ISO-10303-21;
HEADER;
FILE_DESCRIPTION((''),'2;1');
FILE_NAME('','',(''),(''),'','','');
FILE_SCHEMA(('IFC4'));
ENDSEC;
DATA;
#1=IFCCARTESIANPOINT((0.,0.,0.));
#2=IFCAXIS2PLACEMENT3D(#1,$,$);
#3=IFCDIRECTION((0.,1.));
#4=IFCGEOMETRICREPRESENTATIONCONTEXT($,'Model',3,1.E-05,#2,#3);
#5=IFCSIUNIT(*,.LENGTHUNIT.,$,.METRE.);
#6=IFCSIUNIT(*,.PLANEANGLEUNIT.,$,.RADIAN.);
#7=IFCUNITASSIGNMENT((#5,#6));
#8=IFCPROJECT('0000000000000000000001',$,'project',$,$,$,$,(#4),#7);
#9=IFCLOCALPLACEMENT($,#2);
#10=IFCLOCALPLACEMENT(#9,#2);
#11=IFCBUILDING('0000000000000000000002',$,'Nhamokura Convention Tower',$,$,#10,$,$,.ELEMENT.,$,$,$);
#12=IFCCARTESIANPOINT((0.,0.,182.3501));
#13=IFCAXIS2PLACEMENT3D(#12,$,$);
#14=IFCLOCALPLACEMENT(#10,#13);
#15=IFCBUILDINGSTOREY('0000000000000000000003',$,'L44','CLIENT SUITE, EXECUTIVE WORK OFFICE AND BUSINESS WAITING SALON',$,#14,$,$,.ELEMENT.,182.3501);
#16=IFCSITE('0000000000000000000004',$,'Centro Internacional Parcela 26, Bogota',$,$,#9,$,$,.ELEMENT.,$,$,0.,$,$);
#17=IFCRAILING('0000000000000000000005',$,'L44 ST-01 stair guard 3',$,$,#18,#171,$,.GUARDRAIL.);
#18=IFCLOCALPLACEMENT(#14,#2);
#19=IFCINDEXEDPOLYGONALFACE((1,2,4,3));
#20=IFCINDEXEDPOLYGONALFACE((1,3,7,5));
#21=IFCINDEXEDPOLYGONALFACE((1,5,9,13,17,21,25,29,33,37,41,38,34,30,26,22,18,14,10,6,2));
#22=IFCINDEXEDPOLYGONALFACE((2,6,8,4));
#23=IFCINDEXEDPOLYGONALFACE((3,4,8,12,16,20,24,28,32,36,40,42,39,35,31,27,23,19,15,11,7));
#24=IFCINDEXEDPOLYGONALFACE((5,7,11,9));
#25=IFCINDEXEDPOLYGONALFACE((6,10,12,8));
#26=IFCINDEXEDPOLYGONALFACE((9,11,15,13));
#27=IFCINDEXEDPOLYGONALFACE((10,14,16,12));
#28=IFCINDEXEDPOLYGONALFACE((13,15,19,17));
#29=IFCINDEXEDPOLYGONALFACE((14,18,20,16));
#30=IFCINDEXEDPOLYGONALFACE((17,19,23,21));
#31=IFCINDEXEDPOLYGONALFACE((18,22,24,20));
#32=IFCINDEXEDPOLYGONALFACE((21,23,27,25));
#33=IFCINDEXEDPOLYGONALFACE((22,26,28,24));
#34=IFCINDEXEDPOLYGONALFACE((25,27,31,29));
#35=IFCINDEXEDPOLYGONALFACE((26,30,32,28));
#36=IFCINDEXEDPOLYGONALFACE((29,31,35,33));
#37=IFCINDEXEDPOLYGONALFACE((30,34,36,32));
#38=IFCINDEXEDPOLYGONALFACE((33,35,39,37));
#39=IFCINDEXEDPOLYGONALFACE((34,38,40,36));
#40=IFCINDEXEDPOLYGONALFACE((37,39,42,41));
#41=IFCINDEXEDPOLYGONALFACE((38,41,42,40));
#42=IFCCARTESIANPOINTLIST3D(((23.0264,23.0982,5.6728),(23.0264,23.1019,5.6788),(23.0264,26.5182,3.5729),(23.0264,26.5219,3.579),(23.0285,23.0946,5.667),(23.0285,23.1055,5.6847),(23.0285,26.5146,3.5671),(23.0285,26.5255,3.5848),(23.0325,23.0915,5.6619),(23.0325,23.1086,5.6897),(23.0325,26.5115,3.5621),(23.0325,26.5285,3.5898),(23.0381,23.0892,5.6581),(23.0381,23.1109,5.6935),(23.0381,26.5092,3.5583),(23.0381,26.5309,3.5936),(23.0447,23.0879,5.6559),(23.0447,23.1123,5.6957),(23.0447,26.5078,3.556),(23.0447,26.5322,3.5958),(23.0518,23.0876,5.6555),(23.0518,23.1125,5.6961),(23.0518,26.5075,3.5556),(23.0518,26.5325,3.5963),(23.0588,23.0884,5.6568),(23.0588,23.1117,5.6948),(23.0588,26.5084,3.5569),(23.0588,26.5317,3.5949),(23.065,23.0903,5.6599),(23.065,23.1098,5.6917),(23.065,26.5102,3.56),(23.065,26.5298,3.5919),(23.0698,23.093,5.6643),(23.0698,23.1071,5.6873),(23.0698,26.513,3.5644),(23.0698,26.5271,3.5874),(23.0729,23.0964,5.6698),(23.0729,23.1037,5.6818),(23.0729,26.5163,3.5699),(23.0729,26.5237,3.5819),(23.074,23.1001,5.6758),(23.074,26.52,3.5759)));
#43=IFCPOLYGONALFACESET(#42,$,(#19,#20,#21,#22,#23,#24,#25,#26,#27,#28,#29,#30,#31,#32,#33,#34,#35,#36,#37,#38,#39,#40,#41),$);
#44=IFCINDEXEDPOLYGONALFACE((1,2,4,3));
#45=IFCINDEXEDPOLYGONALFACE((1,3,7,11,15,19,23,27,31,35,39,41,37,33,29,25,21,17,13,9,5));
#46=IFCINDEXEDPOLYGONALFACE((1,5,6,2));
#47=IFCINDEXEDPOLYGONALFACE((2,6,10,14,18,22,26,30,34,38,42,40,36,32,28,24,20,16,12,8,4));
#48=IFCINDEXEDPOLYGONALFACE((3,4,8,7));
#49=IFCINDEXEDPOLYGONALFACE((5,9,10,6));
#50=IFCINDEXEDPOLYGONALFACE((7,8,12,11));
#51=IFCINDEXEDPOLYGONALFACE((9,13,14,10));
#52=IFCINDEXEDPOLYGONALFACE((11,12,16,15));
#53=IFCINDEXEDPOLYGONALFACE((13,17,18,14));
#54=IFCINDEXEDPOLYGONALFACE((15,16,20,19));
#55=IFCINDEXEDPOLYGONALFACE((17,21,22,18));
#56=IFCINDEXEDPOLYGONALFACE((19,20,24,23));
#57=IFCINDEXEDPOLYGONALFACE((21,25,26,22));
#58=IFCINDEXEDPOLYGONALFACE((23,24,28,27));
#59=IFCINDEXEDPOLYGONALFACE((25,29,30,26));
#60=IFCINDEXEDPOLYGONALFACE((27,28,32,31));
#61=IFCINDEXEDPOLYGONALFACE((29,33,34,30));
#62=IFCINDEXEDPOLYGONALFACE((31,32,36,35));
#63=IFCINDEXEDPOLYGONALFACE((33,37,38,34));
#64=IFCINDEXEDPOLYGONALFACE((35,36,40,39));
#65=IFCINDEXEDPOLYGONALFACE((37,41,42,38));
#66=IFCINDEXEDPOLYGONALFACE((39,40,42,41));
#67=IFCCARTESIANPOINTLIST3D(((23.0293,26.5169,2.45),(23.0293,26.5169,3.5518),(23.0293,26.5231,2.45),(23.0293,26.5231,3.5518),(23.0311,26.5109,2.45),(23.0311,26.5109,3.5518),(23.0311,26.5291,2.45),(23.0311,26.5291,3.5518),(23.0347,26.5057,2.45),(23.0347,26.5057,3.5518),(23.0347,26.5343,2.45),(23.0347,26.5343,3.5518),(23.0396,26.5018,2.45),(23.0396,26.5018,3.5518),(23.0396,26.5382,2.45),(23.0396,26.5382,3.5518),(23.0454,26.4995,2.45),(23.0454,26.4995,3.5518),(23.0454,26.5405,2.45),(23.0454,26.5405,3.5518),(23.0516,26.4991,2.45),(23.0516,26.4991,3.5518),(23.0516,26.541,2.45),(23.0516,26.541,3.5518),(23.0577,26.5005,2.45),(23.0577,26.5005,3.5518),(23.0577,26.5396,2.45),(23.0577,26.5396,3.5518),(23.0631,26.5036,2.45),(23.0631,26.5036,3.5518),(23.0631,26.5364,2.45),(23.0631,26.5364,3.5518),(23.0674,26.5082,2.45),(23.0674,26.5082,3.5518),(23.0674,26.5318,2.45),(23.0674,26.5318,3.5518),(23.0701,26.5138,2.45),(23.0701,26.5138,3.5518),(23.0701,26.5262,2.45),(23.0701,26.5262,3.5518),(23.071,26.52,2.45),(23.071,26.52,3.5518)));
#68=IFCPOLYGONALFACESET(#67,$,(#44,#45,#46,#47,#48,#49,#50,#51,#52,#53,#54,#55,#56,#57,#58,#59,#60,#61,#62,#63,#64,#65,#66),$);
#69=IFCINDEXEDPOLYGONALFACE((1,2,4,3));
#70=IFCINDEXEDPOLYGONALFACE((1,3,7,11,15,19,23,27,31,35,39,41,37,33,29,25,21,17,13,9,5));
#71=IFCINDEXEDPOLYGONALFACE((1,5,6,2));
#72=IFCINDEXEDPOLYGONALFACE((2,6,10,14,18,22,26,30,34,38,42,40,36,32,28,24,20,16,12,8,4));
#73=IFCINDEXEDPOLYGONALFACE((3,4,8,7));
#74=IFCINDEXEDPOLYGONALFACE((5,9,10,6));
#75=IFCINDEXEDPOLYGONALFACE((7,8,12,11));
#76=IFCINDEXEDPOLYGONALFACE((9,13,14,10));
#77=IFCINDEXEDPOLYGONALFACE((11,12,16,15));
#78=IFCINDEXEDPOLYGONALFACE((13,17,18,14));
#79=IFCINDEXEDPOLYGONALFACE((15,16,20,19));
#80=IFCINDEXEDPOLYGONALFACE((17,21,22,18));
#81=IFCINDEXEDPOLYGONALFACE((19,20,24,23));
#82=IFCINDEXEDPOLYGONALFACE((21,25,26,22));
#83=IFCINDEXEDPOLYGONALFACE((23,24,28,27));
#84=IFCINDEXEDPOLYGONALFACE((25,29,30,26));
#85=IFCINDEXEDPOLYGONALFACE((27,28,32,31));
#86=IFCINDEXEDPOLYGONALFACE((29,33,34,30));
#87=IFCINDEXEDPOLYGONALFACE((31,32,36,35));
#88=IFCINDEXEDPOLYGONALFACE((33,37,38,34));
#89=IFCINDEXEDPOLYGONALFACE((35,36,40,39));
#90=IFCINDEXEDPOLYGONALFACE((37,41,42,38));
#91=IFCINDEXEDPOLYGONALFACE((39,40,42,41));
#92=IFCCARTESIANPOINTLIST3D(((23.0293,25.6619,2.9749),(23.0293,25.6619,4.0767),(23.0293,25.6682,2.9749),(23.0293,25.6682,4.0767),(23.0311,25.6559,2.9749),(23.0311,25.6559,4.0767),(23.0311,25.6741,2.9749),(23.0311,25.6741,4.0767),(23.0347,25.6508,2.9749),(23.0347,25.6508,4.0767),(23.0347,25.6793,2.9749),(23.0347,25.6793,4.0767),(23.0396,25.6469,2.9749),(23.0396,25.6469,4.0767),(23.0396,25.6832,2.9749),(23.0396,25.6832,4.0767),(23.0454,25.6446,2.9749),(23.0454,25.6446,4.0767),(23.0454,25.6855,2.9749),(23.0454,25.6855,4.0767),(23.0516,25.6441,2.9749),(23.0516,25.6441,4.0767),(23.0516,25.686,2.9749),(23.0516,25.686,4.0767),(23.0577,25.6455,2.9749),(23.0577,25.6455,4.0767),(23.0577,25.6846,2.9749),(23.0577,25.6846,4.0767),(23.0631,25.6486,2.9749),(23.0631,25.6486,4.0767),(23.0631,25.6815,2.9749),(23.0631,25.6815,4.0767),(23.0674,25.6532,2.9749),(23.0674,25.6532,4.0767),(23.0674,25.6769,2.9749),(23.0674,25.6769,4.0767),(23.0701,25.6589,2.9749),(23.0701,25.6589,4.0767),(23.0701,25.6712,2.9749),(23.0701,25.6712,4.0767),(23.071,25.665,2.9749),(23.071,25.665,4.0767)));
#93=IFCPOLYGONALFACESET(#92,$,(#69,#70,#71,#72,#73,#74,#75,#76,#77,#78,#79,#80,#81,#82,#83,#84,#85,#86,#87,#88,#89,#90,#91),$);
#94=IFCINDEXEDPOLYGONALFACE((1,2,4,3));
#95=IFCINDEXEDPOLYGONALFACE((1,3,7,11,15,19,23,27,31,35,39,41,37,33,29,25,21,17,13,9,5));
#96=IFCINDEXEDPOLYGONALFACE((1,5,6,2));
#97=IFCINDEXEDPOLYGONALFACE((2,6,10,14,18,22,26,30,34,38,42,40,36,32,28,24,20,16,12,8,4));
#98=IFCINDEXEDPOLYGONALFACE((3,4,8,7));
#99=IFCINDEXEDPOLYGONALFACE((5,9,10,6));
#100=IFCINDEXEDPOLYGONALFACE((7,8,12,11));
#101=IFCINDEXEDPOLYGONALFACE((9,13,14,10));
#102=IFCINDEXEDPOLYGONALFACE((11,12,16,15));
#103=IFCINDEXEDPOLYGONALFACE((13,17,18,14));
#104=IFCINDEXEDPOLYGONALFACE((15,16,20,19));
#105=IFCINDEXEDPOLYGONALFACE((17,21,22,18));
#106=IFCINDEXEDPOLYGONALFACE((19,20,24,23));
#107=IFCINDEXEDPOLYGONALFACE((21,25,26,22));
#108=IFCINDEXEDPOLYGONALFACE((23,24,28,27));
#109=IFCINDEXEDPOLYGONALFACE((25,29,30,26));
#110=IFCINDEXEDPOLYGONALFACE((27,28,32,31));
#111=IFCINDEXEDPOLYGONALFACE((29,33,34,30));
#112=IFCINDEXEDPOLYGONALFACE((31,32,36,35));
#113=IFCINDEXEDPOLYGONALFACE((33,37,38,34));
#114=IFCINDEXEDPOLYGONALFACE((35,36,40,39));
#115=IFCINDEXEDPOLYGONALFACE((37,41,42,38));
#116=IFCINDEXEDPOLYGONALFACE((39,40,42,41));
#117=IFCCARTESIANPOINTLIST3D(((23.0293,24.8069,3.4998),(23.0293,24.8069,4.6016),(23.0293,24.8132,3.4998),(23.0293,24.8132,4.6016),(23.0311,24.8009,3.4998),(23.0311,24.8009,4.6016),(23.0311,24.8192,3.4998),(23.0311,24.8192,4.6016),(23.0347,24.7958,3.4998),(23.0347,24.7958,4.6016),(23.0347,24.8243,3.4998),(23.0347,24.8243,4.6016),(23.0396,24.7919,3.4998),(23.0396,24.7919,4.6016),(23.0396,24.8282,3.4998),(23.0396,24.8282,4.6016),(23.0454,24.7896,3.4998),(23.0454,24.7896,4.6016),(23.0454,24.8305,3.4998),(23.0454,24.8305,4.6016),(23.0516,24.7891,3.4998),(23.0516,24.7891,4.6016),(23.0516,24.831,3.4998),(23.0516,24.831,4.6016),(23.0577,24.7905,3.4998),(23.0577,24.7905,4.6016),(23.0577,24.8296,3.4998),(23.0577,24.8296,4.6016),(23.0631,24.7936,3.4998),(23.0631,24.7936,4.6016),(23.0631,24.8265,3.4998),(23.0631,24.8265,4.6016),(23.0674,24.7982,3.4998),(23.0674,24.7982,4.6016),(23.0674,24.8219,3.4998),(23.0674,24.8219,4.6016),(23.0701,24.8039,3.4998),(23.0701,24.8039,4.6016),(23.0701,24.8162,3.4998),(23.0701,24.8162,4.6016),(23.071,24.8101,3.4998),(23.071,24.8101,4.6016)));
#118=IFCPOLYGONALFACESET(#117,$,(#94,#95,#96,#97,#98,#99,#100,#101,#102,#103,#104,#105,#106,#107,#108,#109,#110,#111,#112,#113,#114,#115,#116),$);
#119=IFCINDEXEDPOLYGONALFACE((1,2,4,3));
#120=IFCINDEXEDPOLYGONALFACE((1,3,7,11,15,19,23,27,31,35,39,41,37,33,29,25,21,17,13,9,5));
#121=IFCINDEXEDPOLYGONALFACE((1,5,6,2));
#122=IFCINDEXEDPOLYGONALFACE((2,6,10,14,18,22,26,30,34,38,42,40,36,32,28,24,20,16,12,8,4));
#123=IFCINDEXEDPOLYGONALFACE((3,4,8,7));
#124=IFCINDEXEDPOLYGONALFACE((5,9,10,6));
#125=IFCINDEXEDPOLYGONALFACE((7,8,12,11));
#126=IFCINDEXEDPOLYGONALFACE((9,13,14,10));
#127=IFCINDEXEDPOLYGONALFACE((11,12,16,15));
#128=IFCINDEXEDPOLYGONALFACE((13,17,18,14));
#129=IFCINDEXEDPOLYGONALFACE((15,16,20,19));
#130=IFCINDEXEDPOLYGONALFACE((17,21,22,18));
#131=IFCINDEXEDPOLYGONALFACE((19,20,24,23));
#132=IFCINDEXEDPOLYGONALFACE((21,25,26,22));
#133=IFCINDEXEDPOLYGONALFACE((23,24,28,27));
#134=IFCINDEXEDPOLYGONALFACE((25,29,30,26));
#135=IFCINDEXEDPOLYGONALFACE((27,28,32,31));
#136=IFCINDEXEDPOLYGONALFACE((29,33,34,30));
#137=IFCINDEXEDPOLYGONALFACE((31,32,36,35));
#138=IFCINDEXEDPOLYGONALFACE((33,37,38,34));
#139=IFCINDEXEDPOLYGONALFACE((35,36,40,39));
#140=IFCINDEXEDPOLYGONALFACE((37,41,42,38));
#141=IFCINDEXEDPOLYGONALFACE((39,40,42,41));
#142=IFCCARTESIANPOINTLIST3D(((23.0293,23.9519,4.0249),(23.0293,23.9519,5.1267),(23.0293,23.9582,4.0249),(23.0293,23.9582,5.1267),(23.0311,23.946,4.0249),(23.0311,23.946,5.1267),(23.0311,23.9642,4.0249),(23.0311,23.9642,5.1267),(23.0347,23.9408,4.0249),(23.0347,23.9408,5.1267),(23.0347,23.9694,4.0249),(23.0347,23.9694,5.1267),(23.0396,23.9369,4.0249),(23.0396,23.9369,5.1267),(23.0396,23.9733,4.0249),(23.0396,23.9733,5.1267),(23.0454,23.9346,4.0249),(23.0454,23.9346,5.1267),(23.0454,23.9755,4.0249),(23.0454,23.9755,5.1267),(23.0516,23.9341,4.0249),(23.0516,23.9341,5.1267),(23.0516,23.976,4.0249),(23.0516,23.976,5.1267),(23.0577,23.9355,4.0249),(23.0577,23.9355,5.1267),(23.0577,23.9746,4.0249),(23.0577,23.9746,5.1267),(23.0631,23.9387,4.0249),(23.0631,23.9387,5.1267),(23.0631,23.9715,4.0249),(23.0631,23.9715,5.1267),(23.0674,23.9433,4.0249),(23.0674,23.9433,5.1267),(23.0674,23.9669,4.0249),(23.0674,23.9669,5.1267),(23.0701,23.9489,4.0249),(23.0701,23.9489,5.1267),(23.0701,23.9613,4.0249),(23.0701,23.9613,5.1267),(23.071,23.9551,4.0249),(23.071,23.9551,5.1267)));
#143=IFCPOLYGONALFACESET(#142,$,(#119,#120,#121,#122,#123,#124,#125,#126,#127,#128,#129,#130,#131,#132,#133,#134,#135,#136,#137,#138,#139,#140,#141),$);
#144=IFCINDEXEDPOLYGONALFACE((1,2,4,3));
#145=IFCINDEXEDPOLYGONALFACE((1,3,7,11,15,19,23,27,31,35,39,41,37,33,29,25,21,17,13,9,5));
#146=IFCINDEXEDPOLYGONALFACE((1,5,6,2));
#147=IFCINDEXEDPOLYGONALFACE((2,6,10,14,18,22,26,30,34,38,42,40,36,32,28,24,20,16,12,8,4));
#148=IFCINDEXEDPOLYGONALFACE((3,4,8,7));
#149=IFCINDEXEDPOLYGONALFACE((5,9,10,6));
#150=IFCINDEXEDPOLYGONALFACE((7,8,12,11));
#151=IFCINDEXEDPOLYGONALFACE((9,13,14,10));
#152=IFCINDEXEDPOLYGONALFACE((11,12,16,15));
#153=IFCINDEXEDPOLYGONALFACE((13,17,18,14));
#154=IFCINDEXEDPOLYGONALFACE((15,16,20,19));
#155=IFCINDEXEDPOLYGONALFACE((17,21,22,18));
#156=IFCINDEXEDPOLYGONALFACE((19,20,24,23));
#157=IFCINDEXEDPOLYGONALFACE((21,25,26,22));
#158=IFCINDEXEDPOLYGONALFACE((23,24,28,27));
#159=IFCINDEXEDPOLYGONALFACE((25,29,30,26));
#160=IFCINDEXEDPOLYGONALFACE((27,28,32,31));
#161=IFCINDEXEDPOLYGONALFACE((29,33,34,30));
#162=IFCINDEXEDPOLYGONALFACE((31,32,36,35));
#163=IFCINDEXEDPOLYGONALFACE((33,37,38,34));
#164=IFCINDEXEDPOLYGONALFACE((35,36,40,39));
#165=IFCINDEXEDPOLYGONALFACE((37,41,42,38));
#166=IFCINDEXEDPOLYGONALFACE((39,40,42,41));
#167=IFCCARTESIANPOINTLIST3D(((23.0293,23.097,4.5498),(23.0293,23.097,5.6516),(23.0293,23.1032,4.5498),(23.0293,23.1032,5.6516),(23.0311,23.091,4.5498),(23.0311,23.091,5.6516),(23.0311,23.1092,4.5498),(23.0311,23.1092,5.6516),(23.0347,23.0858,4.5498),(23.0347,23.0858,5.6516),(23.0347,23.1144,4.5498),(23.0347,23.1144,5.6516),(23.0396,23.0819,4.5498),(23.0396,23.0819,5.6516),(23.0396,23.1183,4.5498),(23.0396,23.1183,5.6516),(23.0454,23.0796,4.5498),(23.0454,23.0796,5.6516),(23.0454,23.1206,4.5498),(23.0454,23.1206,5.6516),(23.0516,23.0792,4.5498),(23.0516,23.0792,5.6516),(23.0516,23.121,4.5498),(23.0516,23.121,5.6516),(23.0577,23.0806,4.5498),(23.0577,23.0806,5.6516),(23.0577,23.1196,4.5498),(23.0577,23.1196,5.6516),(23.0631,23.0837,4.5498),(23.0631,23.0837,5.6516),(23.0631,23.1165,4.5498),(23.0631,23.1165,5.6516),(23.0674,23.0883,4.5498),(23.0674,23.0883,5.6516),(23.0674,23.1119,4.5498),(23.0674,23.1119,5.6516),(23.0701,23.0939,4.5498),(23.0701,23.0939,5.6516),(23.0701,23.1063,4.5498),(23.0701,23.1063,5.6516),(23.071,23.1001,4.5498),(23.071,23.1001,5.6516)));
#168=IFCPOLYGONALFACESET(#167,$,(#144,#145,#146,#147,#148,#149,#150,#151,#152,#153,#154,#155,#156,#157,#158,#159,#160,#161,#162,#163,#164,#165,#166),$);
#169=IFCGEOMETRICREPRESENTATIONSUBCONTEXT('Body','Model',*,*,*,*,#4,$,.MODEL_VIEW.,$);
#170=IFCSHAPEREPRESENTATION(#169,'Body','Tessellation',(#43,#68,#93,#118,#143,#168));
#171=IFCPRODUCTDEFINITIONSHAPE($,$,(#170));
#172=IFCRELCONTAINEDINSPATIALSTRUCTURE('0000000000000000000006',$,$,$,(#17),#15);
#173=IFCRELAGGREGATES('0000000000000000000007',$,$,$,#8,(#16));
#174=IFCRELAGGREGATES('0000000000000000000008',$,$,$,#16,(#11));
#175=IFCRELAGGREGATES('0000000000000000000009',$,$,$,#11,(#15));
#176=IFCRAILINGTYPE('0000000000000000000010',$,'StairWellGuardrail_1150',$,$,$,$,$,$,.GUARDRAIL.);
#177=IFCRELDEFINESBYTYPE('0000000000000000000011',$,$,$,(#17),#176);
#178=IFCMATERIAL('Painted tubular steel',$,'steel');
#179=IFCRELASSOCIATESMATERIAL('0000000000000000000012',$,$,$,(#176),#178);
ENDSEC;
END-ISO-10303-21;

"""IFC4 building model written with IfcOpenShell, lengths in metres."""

from ifc_helpers import new_model, si_unit, direction, frame, origin, origin_2d, place, context, subcontext, project, spatial, circle, extrude, material, type_object, element, save


model = new_model("IFC4")

# Units and contexts
model_context = context("Model", 3, precision=1e-05, world=origin(), true_north=direction((0.0, 1.0)))
body_context = subcontext(model_context, "Body", "Model", "MODEL_VIEW")
ifc_project = project(units=[si_unit("LENGTHUNIT", "METRE"), si_unit("PLANEANGLEUNIT", "RADIAN")], contexts=[model_context])

# Site, building, storey
site_placement = place(None, origin())
site = spatial("IfcSite", under=ifc_project, at=site_placement, Name="Centro Internacional Parcela 26, Bogota", CompositionType="ELEMENT", RefElevation=0.0)
building_placement = place(site_placement, origin())
building = spatial("IfcBuilding", under=site, at=building_placement, Name="Nhamokura Convention Tower", CompositionType="ELEMENT")
storey_placement = place(building_placement, frame((0.0, 0.0, 182.3501)))
storey = spatial("IfcBuildingStorey", under=building, at=storey_placement, Name="L44", Description="CLIENT SUITE, EXECUTIVE WORK OFFICE AND BUSINESS WAITING SALON", CompositionType="ELEMENT", Elevation=182.3501)

# Railing
ifc_material_1 = material(Name="Painted tubular steel", Category="steel")
railing_type_1 = type_object("IfcRailingType", Name="StairWellGuardrail_1150", PredefinedType="GUARDRAIL", material=ifc_material_1)
railing_1_placement = place(storey_placement, frame((23.05, 26.52, 2.45)))
element("IfcRailing", 1, at=railing_1_placement, inside=storey, type_object=railing_type_1, Name="L44 ST-01 stair guard 3", PredefinedType="GUARDRAIL", context=body_context, shape_type="SweptSolid", body=[
    extrude(circle(Radius=0.0239, at=origin_2d()), frame((0.0, 0.0, 1.126), z_axis=(0.0, -0.852182, 0.523245), x_axis=(1.0, 0.0, 0.0)), (0.0, 0.0, 1.0), 4.0132),
    extrude(circle(Radius=0.021, at=origin_2d()), origin(), (0.0, 0.0, 1.0), 1.1018),
    extrude(circle(Radius=0.021, at=origin_2d()), frame((0.0, -0.855, 0.5249)), (0.0, 0.0, 1.0), 1.1018),
    extrude(circle(Radius=0.021, at=origin_2d()), frame((0.0, -1.71, 1.0498)), (0.0, 0.0, 1.0), 1.1018),
    extrude(circle(Radius=0.021, at=origin_2d()), frame((0.0, -2.5649, 1.575)), (0.0, 0.0, 1.0), 1.1018),
    extrude(circle(Radius=0.021, at=origin_2d()), frame((0.0, -3.4199, 2.0999)), (0.0, 0.0, 1.0), 1.1018),
])

save(model, "model.ifc")
